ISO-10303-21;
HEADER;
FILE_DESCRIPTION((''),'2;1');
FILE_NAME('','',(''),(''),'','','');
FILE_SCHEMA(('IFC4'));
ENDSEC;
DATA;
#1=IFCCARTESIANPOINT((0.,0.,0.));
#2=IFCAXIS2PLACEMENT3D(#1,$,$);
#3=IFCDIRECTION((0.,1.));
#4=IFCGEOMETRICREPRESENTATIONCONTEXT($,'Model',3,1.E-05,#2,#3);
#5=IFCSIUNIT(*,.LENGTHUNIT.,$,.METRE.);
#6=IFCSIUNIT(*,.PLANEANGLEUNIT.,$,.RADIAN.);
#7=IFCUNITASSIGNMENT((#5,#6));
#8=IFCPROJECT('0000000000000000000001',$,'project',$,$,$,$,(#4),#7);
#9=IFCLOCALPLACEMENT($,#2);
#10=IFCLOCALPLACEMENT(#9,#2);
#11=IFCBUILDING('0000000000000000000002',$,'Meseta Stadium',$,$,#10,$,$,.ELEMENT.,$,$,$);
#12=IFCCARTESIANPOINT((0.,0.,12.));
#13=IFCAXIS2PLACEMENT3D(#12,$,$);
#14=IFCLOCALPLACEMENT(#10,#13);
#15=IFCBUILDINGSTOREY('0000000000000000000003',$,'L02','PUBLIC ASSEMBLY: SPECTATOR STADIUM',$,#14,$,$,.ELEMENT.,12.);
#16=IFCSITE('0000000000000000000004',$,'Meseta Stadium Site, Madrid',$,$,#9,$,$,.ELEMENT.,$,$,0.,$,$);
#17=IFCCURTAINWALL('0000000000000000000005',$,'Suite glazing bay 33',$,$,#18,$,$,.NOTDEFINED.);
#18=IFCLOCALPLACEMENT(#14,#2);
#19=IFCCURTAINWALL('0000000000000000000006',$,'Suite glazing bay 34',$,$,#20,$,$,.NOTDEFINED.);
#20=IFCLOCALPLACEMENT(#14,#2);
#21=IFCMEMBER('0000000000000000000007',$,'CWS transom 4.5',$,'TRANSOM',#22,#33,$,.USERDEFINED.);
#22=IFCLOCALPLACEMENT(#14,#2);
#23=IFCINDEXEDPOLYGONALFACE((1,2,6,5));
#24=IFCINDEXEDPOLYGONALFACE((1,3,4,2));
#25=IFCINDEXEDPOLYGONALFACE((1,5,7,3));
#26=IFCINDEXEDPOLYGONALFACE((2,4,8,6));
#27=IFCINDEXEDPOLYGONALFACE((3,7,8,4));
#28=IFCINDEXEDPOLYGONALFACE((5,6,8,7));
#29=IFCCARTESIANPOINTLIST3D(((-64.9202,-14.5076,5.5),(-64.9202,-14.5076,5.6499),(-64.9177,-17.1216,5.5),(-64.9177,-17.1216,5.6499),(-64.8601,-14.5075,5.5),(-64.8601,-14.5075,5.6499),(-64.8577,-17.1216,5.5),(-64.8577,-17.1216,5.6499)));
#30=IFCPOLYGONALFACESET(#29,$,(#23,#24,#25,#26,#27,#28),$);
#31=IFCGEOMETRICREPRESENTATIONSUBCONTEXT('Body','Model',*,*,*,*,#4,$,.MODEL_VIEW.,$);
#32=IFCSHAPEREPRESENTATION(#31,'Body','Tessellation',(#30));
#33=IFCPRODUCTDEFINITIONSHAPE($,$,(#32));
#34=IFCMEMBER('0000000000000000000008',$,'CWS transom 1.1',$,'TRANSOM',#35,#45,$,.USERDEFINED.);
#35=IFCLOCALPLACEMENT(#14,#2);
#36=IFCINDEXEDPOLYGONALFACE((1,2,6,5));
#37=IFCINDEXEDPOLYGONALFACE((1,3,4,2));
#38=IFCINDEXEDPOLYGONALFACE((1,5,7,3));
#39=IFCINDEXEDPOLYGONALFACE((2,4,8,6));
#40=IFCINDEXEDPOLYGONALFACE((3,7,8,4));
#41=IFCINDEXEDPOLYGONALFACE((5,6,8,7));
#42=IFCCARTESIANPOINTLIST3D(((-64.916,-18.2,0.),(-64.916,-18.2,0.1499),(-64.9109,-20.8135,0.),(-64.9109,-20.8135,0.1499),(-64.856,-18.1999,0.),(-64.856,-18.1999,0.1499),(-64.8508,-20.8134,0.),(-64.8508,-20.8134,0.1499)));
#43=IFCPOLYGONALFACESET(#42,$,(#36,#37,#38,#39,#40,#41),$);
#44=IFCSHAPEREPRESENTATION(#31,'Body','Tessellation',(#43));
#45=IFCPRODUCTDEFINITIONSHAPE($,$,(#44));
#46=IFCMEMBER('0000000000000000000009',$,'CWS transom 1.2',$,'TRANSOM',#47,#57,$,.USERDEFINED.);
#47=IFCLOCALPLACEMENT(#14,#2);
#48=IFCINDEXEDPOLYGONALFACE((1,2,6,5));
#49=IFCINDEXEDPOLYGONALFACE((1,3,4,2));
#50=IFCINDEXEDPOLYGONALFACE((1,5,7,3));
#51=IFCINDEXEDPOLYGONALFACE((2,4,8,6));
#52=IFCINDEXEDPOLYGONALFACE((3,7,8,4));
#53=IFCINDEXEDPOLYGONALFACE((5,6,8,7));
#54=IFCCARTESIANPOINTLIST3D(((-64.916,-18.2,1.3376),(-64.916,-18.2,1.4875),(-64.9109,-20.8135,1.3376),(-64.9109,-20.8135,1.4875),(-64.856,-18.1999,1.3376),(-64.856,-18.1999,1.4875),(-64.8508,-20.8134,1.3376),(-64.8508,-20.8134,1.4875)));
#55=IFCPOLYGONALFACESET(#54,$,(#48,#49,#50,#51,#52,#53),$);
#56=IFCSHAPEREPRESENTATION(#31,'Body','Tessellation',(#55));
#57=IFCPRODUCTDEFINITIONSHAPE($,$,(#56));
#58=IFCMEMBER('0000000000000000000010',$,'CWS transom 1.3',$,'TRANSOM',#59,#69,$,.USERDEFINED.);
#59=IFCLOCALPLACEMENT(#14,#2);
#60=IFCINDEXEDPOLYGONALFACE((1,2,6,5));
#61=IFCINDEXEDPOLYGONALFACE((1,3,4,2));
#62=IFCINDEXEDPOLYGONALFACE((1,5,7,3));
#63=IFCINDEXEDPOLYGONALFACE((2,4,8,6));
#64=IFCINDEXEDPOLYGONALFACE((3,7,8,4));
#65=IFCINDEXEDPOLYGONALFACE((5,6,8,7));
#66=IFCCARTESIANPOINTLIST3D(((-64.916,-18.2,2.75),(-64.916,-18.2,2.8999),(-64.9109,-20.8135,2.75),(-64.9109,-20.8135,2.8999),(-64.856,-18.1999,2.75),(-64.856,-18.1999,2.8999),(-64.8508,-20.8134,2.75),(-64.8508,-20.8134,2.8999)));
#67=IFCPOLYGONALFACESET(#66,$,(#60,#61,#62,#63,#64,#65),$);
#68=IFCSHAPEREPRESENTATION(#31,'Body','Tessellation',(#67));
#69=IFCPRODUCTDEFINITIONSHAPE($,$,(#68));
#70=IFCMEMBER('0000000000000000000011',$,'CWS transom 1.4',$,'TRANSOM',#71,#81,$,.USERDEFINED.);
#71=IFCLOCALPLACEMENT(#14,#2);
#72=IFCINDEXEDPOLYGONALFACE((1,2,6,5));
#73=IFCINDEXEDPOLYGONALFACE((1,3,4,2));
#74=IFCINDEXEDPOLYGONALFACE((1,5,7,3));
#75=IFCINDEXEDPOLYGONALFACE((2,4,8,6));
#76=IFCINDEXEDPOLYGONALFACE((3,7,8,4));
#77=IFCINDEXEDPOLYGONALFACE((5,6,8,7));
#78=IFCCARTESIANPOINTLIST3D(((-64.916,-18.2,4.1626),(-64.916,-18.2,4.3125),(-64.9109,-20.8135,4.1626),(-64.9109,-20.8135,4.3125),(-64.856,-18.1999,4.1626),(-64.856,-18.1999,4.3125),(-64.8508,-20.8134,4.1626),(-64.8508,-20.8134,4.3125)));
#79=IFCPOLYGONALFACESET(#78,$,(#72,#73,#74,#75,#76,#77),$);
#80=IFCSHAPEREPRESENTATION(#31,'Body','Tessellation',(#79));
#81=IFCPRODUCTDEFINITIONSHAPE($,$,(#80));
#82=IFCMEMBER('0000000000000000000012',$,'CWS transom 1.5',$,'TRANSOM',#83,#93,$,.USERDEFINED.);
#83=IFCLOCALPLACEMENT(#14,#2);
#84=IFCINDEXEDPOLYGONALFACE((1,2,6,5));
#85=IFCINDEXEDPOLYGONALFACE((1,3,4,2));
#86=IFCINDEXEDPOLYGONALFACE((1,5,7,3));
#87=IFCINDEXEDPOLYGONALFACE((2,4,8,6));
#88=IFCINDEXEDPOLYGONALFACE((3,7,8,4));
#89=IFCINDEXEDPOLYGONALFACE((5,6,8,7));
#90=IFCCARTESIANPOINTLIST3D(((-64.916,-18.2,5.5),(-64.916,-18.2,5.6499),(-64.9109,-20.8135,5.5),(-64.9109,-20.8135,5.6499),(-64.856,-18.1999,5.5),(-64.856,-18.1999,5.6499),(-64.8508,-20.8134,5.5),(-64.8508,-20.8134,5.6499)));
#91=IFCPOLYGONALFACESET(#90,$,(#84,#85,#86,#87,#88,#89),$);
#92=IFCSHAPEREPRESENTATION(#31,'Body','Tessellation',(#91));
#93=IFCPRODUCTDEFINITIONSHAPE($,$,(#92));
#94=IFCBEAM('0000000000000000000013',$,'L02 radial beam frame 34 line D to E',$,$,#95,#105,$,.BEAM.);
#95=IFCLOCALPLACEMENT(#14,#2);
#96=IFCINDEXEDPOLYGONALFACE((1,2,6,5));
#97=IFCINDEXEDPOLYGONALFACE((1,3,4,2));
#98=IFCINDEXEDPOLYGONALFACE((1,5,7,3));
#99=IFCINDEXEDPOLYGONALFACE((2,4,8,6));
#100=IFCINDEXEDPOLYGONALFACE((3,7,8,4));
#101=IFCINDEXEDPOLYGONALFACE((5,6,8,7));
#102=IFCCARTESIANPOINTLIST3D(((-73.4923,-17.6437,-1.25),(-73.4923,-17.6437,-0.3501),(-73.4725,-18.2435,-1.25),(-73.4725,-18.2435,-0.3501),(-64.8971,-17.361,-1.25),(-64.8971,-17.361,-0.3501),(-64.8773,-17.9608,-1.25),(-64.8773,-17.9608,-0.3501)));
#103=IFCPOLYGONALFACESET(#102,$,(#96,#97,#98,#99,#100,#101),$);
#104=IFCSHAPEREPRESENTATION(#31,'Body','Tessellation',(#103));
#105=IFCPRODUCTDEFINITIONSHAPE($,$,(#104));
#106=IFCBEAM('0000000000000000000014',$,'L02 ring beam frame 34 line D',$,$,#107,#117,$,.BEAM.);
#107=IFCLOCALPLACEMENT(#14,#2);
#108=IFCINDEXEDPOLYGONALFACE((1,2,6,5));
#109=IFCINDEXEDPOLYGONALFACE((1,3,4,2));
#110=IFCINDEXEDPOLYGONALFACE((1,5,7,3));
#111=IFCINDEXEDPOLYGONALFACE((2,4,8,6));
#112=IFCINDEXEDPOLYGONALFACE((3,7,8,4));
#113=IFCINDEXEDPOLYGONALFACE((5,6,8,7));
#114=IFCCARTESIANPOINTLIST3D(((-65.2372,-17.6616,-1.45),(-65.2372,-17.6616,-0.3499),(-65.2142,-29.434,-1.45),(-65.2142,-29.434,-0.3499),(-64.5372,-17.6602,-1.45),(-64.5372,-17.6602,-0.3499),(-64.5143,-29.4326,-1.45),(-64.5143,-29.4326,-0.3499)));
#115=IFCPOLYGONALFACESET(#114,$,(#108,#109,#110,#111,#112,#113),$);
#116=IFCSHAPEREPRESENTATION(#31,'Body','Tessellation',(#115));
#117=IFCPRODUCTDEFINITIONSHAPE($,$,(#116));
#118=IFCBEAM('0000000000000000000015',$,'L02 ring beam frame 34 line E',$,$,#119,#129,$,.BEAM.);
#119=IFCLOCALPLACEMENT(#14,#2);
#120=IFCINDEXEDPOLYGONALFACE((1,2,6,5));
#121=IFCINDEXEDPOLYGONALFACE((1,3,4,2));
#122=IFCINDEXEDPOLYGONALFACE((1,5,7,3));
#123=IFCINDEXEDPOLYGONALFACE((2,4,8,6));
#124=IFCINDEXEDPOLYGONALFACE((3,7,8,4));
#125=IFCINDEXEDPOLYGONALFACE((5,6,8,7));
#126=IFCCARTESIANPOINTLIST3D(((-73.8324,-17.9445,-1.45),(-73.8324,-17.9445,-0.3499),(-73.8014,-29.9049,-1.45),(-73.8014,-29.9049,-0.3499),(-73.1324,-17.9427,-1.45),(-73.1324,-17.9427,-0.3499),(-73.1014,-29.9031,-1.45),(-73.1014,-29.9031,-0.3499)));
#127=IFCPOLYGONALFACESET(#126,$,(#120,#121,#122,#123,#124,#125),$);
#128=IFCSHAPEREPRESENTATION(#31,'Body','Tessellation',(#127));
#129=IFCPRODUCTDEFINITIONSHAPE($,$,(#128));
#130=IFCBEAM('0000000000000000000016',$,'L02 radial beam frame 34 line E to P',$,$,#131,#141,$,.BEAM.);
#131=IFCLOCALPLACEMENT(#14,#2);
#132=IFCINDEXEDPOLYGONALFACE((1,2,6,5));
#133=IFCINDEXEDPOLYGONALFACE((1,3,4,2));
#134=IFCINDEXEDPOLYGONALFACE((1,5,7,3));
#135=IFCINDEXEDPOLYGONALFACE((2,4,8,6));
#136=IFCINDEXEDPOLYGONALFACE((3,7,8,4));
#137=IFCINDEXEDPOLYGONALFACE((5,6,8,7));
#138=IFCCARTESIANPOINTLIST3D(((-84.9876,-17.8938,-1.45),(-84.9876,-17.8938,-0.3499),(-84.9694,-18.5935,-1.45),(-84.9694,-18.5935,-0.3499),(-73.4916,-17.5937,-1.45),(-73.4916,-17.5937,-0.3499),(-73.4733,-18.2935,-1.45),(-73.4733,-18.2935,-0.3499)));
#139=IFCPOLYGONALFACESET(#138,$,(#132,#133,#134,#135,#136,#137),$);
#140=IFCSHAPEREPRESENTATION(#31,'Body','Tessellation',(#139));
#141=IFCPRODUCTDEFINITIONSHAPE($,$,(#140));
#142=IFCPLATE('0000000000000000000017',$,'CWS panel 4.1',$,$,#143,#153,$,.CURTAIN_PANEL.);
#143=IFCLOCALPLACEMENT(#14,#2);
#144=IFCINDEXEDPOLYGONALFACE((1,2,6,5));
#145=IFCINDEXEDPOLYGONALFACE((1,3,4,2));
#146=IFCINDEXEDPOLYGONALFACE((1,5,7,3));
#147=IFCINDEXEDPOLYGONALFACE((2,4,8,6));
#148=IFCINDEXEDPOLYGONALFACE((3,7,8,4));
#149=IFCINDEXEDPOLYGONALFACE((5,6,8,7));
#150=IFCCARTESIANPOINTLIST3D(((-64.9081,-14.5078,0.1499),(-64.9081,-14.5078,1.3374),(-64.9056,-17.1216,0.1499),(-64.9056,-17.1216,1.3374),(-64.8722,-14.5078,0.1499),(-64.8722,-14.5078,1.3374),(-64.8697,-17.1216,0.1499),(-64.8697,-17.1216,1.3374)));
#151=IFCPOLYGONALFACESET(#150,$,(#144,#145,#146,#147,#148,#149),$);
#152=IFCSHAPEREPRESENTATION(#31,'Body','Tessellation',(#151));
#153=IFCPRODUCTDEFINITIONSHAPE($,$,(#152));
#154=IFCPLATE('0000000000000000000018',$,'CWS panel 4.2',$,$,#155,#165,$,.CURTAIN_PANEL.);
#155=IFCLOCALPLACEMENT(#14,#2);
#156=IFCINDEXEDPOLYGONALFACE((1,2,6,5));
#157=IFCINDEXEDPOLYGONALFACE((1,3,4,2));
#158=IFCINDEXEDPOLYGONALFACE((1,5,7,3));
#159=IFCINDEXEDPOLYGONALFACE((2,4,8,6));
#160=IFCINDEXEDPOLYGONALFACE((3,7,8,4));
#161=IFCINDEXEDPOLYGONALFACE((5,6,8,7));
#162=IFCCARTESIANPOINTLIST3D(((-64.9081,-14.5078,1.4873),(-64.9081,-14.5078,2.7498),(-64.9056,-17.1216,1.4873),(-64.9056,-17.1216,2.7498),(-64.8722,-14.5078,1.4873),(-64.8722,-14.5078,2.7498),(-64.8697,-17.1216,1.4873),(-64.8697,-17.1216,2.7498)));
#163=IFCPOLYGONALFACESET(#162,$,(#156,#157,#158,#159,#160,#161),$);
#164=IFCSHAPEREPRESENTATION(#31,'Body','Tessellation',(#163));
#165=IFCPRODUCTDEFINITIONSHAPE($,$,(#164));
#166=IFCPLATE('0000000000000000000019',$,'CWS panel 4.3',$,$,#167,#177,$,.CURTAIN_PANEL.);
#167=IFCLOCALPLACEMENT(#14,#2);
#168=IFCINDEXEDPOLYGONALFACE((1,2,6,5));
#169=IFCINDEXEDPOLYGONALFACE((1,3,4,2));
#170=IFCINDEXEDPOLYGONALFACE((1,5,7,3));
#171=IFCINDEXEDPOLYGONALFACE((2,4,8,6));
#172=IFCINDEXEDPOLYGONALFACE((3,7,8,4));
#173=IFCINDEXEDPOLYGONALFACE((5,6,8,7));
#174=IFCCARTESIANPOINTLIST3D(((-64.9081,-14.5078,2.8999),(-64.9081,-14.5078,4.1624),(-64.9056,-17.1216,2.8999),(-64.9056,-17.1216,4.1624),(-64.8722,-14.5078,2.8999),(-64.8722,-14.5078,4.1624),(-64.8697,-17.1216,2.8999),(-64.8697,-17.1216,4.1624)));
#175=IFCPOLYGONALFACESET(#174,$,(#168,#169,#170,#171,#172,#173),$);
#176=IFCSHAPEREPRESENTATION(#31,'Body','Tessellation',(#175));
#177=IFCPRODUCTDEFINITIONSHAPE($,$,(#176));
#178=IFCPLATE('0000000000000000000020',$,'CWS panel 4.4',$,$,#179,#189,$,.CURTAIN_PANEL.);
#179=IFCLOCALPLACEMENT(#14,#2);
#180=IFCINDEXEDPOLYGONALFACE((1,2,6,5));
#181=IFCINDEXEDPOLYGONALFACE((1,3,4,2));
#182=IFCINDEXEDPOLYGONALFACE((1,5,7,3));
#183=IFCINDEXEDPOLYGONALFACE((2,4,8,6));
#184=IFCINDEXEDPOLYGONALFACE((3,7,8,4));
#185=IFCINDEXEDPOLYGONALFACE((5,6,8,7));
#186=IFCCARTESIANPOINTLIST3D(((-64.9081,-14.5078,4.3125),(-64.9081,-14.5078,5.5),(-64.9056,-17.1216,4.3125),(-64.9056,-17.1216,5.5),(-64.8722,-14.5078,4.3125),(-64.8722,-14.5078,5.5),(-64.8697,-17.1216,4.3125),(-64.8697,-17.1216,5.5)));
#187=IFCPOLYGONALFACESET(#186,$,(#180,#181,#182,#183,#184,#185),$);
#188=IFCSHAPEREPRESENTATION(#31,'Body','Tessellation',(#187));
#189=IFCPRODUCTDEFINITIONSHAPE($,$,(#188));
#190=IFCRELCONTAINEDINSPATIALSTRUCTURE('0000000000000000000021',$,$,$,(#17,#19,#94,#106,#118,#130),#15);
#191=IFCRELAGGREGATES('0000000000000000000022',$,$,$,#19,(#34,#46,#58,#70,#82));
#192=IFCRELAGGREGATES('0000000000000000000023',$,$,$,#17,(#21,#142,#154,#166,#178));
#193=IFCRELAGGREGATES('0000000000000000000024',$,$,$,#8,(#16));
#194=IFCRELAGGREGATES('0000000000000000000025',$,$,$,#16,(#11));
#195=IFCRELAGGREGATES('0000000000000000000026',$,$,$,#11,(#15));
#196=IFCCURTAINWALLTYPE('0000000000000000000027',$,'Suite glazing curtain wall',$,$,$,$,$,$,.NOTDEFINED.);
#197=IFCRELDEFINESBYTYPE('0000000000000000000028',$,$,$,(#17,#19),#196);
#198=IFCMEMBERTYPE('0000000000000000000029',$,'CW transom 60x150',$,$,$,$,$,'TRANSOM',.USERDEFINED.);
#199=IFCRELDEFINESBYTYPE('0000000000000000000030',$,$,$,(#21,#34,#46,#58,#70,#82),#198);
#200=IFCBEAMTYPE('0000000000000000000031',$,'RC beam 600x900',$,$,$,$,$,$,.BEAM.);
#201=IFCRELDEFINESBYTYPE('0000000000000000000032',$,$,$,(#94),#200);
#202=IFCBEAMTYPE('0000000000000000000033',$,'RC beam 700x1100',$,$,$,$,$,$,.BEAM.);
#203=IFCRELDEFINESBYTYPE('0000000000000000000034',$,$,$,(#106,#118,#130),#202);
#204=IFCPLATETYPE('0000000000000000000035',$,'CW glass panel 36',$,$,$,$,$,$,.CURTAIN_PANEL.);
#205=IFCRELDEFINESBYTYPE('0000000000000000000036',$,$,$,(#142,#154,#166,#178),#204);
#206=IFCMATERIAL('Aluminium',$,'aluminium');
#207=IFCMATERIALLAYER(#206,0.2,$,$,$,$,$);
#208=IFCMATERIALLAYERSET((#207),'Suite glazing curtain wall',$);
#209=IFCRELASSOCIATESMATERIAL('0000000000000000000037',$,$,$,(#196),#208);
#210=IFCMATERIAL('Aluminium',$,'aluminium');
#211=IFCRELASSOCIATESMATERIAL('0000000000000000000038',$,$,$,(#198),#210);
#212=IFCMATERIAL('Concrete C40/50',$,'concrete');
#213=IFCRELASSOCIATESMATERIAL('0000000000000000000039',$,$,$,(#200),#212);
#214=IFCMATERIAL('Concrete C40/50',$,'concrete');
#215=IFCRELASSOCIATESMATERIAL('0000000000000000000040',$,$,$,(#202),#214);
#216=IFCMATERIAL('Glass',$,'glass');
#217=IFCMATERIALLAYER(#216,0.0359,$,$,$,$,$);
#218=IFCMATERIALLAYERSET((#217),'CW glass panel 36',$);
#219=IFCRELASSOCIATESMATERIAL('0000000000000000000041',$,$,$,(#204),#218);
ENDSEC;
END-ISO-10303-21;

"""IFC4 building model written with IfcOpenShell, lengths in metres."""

from ifc_helpers import new_model, si_unit, direction, frame, origin, origin_2d, place, context, subcontext, project, spatial, rectangle, extrude, material, layer, layer_set, material_profile, profile_set, type_object, element, aggregate, save


model = new_model("IFC4")

# Units and contexts
model_context = context("Model", 3, precision=1e-05, world=origin(), true_north=direction((0.0, 1.0)))
body_context = subcontext(model_context, "Body", "Model", "MODEL_VIEW")
ifc_project = project(units=[si_unit("LENGTHUNIT", "METRE"), si_unit("PLANEANGLEUNIT", "RADIAN")], contexts=[model_context])

# Site, building, storey
site_placement = place(None, origin())
site = spatial("IfcSite", under=ifc_project, at=site_placement, Name="Meseta Stadium Site, Madrid", CompositionType="ELEMENT", RefElevation=0.0)
building_placement = place(site_placement, origin())
building = spatial("IfcBuilding", under=site, at=building_placement, Name="Meseta Stadium", CompositionType="ELEMENT")
storey_placement = place(building_placement, frame((0.0, 0.0, 12.0)))
storey = spatial("IfcBuildingStorey", under=building, at=storey_placement, Name="L02", Description="PUBLIC ASSEMBLY: SPECTATOR STADIUM", CompositionType="ELEMENT", Elevation=12.0)

# Curtain wall
ifc_material_1 = material(Name="Aluminium", Category="aluminium")
ifc_layer_1 = layer(ifc_material_1, 0.2)
ifc_layer_set_1 = layer_set([ifc_layer_1], Name="Suite glazing curtain wall")
curtain_wall_type = type_object("IfcCurtainWallType", Name="Suite glazing curtain wall", PredefinedType="NOTDEFINED", material=ifc_layer_set_1)
curtain_wall_1_placement = place(storey_placement, origin())
curtain_wall_1 = element("IfcCurtainWall", 1, at=curtain_wall_1_placement, inside=storey, type_object=curtain_wall_type, Name="Suite glazing bay 33", PredefinedType="NOTDEFINED")

# Curtain wall
curtain_wall_2_placement = place(storey_placement, origin())
curtain_wall_2 = element("IfcCurtainWall", 2, at=curtain_wall_2_placement, inside=storey, type_object=curtain_wall_type, Name="Suite glazing bay 34", PredefinedType="NOTDEFINED")

# Members
ifc_material_2 = material(Name="Aluminium", Category="aluminium")
ifc_material_profile_1 = material_profile(ifc_material_2, rectangle(XDim=0.0601, YDim=0.1499, at=origin_2d()), Name="CW 60x150")
ifc_profile_set_1 = profile_set([ifc_material_profile_1], Name="Aluminium")
member_type_1 = type_object("IfcMemberType", Name="CW transom 60x150", ElementType="TRANSOM", PredefinedType="USERDEFINED", material=ifc_profile_set_1)
member_1_placement = place(storey_placement, frame((-64.8901, -14.5076, 5.575), z_axis=(0.000934, -1.0, 0.0), x_axis=(1.0, 0.000934, 0.0)))
member_1 = element("IfcMember", 3, at=member_1_placement, type_object=member_type_1, Name="CWS transom 4.5", ObjectType="TRANSOM", PredefinedType="USERDEFINED", context=body_context, shape_type="SweptSolid", body=[
    extrude(rectangle(XDim=0.0601, YDim=0.1499, at=origin_2d()), origin(), (0.0, 0.0, 1.0), 2.614),
])
member_2_placement = place(storey_placement, frame((-64.886, -18.2, 0.075), z_axis=(0.001962, -0.999998, 0.0), x_axis=(0.999998, 0.001962, 0.0)))
member_2 = element("IfcMember", 4, at=member_2_placement, type_object=member_type_1, Name="CWS transom 1.1", ObjectType="TRANSOM", PredefinedType="USERDEFINED", context=body_context, shape_type="SweptSolid", body=[
    extrude(rectangle(XDim=0.0601, YDim=0.1499, at=origin_2d()), origin(), (0.0, 0.0, 1.0), 2.6135),
])
member_3_placement = place(storey_placement, frame((-64.886, -18.2, 1.4126), z_axis=(0.001962, -0.999998, 0.0), x_axis=(0.999998, 0.001962, 0.0)))
member_3 = element("IfcMember", 5, at=member_3_placement, type_object=member_type_1, Name="CWS transom 1.2", ObjectType="TRANSOM", PredefinedType="USERDEFINED", context=body_context, shape_type="SweptSolid", body=[
    extrude(rectangle(XDim=0.0601, YDim=0.1499, at=origin_2d()), origin(), (0.0, 0.0, 1.0), 2.6135),
])
member_4_placement = place(storey_placement, frame((-64.886, -18.2, 2.825), z_axis=(0.001962, -0.999998, 0.0), x_axis=(0.999998, 0.001962, 0.0)))
member_4 = element("IfcMember", 6, at=member_4_placement, type_object=member_type_1, Name="CWS transom 1.3", ObjectType="TRANSOM", PredefinedType="USERDEFINED", context=body_context, shape_type="SweptSolid", body=[
    extrude(rectangle(XDim=0.0601, YDim=0.1499, at=origin_2d()), origin(), (0.0, 0.0, 1.0), 2.6135),
])
member_5_placement = place(storey_placement, frame((-64.886, -18.2, 4.2375), z_axis=(0.001962, -0.999998, 0.0), x_axis=(0.999998, 0.001962, 0.0)))
member_5 = element("IfcMember", 7, at=member_5_placement, type_object=member_type_1, Name="CWS transom 1.4", ObjectType="TRANSOM", PredefinedType="USERDEFINED", context=body_context, shape_type="SweptSolid", body=[
    extrude(rectangle(XDim=0.0601, YDim=0.1499, at=origin_2d()), origin(), (0.0, 0.0, 1.0), 2.6135),
])
member_6_placement = place(storey_placement, frame((-64.886, -18.2, 5.575), z_axis=(0.001962, -0.999998, 0.0), x_axis=(0.999998, 0.001962, 0.0)))
member_6 = element("IfcMember", 8, at=member_6_placement, type_object=member_type_1, Name="CWS transom 1.5", ObjectType="TRANSOM", PredefinedType="USERDEFINED", context=body_context, shape_type="SweptSolid", body=[
    extrude(rectangle(XDim=0.0601, YDim=0.1499, at=origin_2d()), origin(), (0.0, 0.0, 1.0), 2.6135),
])
aggregate(curtain_wall_2, [member_2, member_3, member_4, member_5, member_6])

# Beams
ifc_material_3 = material(Name="Concrete C40/50", Category="concrete")
ifc_material_profile_2 = material_profile(ifc_material_3, rectangle(XDim=0.6001, YDim=0.8999, at=origin_2d()), Name="RC 600x900")
ifc_profile_set_2 = profile_set([ifc_material_profile_2], Name="Concrete C40/50")
beam_type_1 = type_object("IfcBeamType", Name="RC beam 600x900", PredefinedType="BEAM", material=ifc_profile_set_2)
beam_1_placement = place(storey_placement, frame((-64.8872, -17.6609, -0.8), z_axis=(-0.999459, -0.032874, 0.0), x_axis=(0.032874, -0.999459, 0.0)))
element("IfcBeam", 9, at=beam_1_placement, inside=storey, type_object=beam_type_1, Name="L02 radial beam frame 34 line D to E", PredefinedType="BEAM", context=body_context, shape_type="SweptSolid", body=[
    extrude(rectangle(XDim=0.6001, YDim=0.8999, at=origin_2d()), origin(), (0.0, 0.0, 1.0), 8.5999),
])
ifc_material_4 = material(Name="Concrete C40/50", Category="concrete")
ifc_material_profile_3 = material_profile(ifc_material_4, rectangle(XDim=0.7, YDim=1.1001, at=origin_2d()), Name="RC 700x1100")
ifc_profile_set_3 = profile_set([ifc_material_profile_3], Name="Concrete C40/50")
beam_type_2 = type_object("IfcBeamType", Name="RC beam 700x1100", PredefinedType="BEAM", material=ifc_profile_set_3)
beam_2_placement = place(storey_placement, frame((-64.8872, -17.6609, -0.8999), z_axis=(0.001949, -0.999998, 0.0), x_axis=(0.999998, 0.001949, 0.0)))
element("IfcBeam", 10, at=beam_2_placement, inside=storey, type_object=beam_type_2, Name="L02 ring beam frame 34 line D", PredefinedType="BEAM", context=body_context, shape_type="SweptSolid", body=[
    extrude(rectangle(XDim=0.7, YDim=1.1001, at=origin_2d()), origin(), (0.0, 0.0, 1.0), 11.7725),
])
beam_3_placement = place(storey_placement, frame((-73.4824, -17.9436, -0.8999), z_axis=(0.002592, -0.999997, 0.0), x_axis=(0.999997, 0.002592, 0.0)))
element("IfcBeam", 11, at=beam_3_placement, inside=storey, type_object=beam_type_2, Name="L02 ring beam frame 34 line E", PredefinedType="BEAM", context=body_context, shape_type="SweptSolid", body=[
    extrude(rectangle(XDim=0.7, YDim=1.1001, at=origin_2d()), origin(), (0.0, 0.0, 1.0), 11.9604),
])
beam_4_placement = place(storey_placement, frame((-73.4824, -17.9436, -0.8999), z_axis=(-0.99966, -0.026091, 0.0), x_axis=(0.026091, -0.99966, 0.0)))
element("IfcBeam", 12, at=beam_4_placement, inside=storey, type_object=beam_type_2, Name="L02 radial beam frame 34 line E to P", PredefinedType="BEAM", context=body_context, shape_type="SweptSolid", body=[
    extrude(rectangle(XDim=0.7, YDim=1.1001, at=origin_2d()), origin(), (0.0, 0.0, 1.0), 11.5),
])

# Plates
ifc_material_5 = material(Name="Glass", Category="glass")
ifc_layer_2 = layer(ifc_material_5, 0.0359)
ifc_layer_set_2 = layer_set([ifc_layer_2], Name="CW glass panel 36")
plate_type = type_object("IfcPlateType", Name="CW glass panel 36", PredefinedType="CURTAIN_PANEL", material=ifc_layer_set_2)
plate_1_placement = place(storey_placement, frame((-64.8889, -15.8147, 0.1499), z_axis=(0.0, 0.0, 1.0), x_axis=(0.000975, -1.0, 0.0)))
plate_1 = element("IfcPlate", 13, at=plate_1_placement, type_object=plate_type, Name="CWS panel 4.1", PredefinedType="CURTAIN_PANEL", context=body_context, shape_type="SweptSolid", body=[
    extrude(rectangle(XDim=2.6138, YDim=0.0359, at=origin_2d()), origin(), (0.0, 0.0, 1.0), 1.1875),
])
plate_2_placement = place(storey_placement, frame((-64.8889, -15.8147, 1.4873), z_axis=(0.0, 0.0, 1.0), x_axis=(0.000975, -1.0, 0.0)))
plate_2 = element("IfcPlate", 14, at=plate_2_placement, type_object=plate_type, Name="CWS panel 4.2", PredefinedType="CURTAIN_PANEL", context=body_context, shape_type="SweptSolid", body=[
    extrude(rectangle(XDim=2.6138, YDim=0.0359, at=origin_2d()), origin(), (0.0, 0.0, 1.0), 1.2625),
])
plate_3_placement = place(storey_placement, frame((-64.8889, -15.8147, 2.8999), z_axis=(0.0, 0.0, 1.0), x_axis=(0.000975, -1.0, 0.0)))
plate_3 = element("IfcPlate", 15, at=plate_3_placement, type_object=plate_type, Name="CWS panel 4.3", PredefinedType="CURTAIN_PANEL", context=body_context, shape_type="SweptSolid", body=[
    extrude(rectangle(XDim=2.6138, YDim=0.0359, at=origin_2d()), origin(), (0.0, 0.0, 1.0), 1.2625),
])
plate_4_placement = place(storey_placement, frame((-64.8889, -15.8147, 4.3125), z_axis=(0.0, 0.0, 1.0), x_axis=(0.000975, -1.0, 0.0)))
plate_4 = element("IfcPlate", 16, at=plate_4_placement, type_object=plate_type, Name="CWS panel 4.4", PredefinedType="CURTAIN_PANEL", context=body_context, shape_type="SweptSolid", body=[
    extrude(rectangle(XDim=2.6138, YDim=0.0359, at=origin_2d()), origin(), (0.0, 0.0, 1.0), 1.1875),
])
aggregate(curtain_wall_1, [member_1, plate_1, plate_2, plate_3, plate_4])

save(model, "model.ifc")
